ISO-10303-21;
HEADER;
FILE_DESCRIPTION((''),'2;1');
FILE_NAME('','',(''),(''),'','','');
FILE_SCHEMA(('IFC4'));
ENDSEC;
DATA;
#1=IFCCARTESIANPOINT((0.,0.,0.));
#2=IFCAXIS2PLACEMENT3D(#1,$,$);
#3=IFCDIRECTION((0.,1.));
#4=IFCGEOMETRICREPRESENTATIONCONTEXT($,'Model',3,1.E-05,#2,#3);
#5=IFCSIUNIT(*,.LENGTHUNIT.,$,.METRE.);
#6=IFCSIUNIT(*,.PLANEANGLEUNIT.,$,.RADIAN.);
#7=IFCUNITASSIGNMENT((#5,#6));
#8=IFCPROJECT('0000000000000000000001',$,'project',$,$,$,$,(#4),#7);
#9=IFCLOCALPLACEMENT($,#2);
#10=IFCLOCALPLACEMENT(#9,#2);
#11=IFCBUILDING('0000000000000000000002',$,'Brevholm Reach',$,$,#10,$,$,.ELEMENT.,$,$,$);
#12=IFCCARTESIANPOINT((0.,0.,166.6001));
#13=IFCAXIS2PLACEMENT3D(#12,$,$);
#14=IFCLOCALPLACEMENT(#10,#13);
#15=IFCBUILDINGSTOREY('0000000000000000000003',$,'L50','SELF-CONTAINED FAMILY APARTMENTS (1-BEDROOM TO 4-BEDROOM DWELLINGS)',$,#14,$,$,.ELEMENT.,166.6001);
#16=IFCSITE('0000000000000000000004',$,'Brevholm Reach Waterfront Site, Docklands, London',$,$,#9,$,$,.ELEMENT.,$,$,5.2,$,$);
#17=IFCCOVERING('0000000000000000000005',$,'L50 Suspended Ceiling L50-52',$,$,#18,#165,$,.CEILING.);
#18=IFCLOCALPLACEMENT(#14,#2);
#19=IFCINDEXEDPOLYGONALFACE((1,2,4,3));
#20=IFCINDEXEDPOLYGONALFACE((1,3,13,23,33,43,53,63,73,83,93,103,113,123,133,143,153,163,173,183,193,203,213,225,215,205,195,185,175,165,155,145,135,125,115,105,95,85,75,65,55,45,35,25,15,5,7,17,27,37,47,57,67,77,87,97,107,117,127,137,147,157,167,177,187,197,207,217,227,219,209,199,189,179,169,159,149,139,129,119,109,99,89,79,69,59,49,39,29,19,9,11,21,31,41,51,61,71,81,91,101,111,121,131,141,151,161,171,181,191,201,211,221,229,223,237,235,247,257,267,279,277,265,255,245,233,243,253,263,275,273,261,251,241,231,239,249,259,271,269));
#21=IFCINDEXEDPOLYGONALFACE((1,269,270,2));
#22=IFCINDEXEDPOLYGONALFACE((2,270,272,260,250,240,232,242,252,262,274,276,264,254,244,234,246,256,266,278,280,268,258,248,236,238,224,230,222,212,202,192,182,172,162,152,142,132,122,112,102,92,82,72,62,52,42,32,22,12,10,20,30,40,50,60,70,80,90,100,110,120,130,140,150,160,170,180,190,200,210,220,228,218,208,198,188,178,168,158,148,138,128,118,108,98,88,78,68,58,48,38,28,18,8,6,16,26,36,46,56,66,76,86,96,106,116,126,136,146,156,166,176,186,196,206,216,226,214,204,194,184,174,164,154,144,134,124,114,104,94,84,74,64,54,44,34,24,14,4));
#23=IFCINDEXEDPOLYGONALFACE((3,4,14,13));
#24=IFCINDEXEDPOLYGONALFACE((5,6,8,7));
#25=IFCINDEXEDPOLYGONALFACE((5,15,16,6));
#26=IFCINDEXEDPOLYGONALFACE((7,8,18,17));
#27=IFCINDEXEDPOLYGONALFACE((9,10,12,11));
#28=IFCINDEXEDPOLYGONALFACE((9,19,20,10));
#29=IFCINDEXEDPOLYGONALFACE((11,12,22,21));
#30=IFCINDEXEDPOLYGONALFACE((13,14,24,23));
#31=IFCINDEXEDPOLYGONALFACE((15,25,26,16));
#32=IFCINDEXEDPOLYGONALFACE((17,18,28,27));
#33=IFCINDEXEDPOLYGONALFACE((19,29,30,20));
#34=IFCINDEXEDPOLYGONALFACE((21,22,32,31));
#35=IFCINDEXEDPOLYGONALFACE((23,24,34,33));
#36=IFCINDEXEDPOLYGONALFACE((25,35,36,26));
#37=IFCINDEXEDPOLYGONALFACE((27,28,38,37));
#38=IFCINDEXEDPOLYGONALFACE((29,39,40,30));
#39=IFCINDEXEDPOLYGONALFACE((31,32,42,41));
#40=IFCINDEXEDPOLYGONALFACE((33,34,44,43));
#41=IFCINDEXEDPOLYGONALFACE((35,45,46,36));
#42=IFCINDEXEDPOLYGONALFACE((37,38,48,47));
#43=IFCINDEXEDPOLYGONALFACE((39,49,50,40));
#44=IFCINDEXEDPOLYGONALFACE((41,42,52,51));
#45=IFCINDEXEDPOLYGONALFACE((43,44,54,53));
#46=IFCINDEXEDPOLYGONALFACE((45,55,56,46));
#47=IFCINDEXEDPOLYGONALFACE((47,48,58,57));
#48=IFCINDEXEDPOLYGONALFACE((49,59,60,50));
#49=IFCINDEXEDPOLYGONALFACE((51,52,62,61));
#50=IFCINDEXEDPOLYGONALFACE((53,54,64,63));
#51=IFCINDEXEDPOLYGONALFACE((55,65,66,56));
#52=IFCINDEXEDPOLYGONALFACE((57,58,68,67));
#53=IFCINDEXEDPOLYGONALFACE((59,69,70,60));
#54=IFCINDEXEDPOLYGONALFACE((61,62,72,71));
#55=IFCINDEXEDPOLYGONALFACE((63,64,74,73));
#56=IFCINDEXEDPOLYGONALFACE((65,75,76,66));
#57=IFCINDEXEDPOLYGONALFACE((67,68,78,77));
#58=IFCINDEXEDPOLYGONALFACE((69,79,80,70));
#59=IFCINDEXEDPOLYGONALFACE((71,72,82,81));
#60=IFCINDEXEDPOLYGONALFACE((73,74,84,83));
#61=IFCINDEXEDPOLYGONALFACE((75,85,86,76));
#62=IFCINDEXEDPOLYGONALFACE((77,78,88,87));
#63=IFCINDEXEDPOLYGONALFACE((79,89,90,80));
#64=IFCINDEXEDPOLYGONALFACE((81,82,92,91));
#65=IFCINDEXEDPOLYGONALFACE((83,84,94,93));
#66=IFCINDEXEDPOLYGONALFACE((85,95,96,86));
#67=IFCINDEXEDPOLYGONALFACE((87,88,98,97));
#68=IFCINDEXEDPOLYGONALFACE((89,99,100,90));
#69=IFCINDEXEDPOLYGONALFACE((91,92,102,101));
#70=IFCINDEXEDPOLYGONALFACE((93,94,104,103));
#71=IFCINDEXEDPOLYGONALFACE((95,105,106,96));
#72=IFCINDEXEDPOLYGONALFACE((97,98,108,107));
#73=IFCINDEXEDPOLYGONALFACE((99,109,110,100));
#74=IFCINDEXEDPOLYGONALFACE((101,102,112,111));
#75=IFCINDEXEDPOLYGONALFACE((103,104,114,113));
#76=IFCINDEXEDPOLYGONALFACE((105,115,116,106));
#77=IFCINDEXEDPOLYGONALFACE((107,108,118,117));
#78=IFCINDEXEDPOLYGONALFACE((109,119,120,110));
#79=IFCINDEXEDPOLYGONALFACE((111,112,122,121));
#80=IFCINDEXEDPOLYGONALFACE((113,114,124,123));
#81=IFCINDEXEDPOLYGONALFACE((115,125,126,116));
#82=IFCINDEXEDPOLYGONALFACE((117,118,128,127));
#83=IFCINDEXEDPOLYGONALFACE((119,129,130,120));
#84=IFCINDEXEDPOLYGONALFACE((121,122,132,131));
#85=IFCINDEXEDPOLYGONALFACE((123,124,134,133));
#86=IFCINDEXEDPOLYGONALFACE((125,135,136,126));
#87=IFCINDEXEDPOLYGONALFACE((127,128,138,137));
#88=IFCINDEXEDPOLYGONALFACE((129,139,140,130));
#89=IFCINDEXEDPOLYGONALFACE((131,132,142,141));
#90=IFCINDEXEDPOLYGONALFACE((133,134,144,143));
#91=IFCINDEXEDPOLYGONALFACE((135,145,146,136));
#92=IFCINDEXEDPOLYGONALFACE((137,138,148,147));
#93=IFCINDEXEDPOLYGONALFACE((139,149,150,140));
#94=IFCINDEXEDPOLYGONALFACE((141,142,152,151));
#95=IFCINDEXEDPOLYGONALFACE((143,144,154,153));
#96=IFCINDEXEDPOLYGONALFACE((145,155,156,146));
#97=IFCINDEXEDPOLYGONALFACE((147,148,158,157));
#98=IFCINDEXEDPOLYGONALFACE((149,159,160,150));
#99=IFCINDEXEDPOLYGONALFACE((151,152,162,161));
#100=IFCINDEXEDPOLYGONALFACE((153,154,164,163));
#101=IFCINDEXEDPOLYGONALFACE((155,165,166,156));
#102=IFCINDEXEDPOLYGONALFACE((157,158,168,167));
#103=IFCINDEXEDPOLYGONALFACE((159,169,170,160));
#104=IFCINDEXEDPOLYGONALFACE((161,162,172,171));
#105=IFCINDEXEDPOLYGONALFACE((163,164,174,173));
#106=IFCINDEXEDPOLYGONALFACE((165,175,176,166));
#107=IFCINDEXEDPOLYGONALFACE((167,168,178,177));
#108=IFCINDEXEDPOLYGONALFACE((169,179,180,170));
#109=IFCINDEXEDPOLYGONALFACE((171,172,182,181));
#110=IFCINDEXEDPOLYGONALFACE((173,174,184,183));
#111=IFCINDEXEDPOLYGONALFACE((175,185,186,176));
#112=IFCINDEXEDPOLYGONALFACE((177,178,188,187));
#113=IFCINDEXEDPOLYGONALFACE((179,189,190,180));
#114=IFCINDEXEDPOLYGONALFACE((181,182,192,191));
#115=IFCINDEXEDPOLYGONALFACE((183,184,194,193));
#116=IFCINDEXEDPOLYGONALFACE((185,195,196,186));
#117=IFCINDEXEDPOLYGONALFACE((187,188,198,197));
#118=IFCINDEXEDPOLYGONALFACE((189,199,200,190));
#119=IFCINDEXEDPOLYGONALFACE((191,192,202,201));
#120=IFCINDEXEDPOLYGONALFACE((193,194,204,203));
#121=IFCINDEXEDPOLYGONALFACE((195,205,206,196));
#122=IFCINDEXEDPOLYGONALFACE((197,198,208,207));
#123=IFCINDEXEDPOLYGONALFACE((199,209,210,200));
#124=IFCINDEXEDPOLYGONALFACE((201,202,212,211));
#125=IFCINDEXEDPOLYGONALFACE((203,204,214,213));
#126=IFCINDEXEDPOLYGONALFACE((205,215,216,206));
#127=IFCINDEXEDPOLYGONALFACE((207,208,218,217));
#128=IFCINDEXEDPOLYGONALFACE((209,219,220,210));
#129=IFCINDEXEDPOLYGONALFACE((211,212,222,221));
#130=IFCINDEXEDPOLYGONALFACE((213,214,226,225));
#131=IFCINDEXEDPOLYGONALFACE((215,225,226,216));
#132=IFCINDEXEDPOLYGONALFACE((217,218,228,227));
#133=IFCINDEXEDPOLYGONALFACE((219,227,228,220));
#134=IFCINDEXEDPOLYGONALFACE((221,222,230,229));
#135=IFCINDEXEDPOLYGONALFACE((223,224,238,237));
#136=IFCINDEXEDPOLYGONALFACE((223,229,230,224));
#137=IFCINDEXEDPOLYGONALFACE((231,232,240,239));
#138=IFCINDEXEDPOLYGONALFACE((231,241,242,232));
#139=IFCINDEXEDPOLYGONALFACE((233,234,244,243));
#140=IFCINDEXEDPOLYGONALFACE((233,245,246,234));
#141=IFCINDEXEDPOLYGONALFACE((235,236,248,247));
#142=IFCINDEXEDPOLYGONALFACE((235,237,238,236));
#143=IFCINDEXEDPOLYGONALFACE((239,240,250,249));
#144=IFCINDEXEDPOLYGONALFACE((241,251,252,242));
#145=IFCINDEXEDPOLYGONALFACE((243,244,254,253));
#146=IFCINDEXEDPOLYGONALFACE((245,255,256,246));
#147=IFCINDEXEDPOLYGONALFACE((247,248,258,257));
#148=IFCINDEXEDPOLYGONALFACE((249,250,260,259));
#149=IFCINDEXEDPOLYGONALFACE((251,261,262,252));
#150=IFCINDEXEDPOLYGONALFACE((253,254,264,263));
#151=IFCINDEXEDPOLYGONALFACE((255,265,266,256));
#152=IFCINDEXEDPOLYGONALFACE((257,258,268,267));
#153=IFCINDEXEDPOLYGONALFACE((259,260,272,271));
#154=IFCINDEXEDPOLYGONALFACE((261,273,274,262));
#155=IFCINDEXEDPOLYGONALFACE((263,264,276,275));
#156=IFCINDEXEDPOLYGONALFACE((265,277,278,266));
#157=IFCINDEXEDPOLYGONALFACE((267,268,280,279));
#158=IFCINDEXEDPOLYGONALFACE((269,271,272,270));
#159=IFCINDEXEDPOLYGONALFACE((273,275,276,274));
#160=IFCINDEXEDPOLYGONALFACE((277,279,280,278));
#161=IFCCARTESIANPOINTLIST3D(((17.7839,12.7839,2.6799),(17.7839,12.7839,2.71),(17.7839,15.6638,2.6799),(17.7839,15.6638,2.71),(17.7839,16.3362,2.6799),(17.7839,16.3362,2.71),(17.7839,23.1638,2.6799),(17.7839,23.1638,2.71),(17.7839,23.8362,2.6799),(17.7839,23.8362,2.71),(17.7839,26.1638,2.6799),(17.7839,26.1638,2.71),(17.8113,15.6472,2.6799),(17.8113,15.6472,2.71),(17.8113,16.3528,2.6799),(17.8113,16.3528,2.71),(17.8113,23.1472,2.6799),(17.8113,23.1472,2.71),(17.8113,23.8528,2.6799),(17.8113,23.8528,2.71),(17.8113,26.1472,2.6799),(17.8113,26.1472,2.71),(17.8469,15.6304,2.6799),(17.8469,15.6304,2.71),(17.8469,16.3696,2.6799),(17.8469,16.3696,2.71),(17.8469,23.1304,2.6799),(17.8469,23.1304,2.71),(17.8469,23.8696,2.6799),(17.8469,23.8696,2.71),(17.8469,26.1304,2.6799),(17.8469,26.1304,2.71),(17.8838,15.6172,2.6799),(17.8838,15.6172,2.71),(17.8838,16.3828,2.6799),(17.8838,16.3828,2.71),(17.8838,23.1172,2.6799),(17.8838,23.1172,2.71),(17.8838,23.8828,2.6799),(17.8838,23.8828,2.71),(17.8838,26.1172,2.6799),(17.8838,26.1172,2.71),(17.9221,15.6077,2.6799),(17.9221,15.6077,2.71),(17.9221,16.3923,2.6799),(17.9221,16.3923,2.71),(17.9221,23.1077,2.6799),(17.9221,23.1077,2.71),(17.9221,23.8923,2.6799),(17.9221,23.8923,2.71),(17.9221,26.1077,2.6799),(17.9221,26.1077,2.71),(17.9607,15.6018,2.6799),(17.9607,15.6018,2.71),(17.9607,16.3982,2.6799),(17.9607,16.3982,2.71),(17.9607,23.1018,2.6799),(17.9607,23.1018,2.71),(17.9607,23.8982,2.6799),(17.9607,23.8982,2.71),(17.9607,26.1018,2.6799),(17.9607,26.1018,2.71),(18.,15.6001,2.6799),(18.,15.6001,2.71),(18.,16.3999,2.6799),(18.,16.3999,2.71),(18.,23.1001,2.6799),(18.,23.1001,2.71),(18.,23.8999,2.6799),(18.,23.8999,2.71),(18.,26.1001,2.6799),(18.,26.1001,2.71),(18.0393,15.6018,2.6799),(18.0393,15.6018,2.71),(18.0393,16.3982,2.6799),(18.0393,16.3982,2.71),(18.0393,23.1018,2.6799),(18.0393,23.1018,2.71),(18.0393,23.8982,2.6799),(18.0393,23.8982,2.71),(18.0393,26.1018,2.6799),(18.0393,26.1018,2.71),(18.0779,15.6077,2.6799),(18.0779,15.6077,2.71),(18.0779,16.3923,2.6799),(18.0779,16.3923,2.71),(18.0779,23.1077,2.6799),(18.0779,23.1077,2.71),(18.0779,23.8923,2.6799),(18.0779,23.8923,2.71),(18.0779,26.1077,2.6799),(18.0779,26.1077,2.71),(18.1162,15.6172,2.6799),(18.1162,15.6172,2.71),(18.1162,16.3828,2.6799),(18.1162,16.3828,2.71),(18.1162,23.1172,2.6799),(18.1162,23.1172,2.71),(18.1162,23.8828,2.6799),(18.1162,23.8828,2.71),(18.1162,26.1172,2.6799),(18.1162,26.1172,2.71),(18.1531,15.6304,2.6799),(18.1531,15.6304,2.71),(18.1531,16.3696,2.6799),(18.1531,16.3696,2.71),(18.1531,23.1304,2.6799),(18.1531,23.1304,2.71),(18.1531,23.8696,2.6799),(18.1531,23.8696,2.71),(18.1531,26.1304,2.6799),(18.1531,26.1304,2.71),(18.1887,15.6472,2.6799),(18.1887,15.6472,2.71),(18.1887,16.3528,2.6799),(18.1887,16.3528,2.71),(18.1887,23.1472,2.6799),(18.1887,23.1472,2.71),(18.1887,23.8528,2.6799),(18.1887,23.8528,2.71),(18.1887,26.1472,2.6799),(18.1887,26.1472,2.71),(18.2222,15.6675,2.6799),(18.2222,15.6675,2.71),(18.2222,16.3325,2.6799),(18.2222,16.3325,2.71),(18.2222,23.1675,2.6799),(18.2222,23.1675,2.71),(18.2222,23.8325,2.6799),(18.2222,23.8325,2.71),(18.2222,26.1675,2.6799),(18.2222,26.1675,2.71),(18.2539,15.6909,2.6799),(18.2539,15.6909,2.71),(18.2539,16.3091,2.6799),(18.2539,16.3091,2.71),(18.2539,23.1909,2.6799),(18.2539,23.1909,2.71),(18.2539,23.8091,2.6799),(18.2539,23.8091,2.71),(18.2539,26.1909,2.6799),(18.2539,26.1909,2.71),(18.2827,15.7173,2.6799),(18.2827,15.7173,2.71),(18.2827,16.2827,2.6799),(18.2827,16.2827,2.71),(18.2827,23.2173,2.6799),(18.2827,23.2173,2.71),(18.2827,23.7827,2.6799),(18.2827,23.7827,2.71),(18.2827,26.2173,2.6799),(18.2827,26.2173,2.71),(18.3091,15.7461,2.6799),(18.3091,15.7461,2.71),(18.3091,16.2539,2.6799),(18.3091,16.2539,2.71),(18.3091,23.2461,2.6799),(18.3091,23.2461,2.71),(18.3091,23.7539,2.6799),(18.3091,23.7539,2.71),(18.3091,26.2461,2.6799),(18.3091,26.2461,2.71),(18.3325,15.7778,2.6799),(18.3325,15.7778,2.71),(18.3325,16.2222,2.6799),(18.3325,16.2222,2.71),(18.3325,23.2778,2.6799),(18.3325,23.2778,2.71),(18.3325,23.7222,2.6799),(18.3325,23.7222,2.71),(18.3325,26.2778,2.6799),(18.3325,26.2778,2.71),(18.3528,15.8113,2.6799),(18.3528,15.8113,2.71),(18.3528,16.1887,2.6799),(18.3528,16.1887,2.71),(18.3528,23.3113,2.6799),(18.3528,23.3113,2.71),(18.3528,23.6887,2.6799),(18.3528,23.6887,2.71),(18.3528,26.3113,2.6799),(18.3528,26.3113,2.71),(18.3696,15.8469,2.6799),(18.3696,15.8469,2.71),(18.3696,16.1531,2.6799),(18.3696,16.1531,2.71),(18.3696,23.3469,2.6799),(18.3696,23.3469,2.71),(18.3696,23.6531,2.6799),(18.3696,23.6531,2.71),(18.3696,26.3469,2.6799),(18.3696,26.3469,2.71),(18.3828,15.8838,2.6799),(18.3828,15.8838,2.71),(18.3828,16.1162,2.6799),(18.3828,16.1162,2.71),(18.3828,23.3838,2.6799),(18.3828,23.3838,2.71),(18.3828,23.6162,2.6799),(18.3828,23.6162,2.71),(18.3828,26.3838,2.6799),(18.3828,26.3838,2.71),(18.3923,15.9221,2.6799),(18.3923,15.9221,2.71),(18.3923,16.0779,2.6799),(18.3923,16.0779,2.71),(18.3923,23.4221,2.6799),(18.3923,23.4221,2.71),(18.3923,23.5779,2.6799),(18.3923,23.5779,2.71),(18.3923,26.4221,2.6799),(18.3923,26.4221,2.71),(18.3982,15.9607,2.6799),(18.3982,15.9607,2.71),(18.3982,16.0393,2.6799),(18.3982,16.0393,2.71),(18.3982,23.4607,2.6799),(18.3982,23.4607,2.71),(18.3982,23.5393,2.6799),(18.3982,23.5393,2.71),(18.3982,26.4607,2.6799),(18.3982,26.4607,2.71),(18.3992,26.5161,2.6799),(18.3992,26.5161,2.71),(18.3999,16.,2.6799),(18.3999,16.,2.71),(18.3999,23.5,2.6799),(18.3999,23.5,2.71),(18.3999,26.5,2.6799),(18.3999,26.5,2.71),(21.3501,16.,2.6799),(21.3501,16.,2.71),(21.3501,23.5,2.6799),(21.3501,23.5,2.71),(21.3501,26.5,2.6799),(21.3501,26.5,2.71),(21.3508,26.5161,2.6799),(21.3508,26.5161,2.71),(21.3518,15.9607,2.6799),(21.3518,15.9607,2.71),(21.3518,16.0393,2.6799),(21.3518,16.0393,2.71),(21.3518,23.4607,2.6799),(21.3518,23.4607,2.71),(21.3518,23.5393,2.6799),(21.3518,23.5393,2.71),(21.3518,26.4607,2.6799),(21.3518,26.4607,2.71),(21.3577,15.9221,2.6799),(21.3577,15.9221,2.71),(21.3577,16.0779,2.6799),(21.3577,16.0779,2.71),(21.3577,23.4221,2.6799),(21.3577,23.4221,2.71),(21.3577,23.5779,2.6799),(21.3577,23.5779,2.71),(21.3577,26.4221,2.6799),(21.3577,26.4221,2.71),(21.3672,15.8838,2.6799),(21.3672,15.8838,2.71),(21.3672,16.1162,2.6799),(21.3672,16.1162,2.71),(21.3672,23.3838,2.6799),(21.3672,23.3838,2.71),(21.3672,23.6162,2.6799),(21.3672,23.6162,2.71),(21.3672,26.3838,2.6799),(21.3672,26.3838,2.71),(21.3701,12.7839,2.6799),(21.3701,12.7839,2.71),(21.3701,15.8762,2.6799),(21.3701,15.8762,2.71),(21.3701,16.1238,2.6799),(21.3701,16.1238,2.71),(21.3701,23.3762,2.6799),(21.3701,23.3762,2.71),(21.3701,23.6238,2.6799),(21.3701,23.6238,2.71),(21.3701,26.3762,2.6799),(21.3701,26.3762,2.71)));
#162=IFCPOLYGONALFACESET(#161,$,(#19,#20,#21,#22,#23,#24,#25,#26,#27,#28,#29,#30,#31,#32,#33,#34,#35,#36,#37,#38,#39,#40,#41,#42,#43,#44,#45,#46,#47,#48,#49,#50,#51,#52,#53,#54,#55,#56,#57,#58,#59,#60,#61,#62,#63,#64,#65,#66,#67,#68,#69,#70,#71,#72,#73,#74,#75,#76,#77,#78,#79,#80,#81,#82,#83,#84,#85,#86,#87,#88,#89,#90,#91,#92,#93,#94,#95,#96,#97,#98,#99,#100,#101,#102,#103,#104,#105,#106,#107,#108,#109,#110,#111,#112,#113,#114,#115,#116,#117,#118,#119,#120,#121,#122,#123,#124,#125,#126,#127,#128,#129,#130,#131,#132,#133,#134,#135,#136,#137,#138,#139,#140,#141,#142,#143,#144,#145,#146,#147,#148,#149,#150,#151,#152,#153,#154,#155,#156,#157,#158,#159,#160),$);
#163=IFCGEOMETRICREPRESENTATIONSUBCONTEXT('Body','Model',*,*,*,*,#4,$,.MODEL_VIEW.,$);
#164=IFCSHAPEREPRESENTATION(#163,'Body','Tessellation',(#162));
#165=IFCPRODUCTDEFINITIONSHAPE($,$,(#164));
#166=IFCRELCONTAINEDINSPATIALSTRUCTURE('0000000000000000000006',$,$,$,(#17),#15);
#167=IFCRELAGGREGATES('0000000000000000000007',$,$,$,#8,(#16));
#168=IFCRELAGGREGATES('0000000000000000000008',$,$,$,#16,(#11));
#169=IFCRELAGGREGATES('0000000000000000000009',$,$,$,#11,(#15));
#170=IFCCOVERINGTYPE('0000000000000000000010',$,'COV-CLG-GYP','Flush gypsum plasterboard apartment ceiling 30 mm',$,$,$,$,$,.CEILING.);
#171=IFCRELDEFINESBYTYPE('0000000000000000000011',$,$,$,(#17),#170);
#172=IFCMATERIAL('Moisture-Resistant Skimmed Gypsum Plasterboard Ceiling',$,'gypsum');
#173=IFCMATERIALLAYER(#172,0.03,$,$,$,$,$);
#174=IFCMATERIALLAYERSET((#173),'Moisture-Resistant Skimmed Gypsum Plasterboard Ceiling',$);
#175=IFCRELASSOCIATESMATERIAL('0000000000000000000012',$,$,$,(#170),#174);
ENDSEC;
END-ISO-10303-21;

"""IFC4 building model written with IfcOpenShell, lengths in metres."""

from ifc_helpers import new_model, si_unit, direction, frame, origin, place, context, subcontext, project, spatial, polyline, outline, extrude, material, layer, layer_set, type_object, element, save


model = new_model("IFC4")

# Units and contexts
model_context = context("Model", 3, precision=1e-05, world=origin(), true_north=direction((0.0, 1.0)))
body_context = subcontext(model_context, "Body", "Model", "MODEL_VIEW")
ifc_project = project(units=[si_unit("LENGTHUNIT", "METRE"), si_unit("PLANEANGLEUNIT", "RADIAN")], contexts=[model_context])

# Site, building, storey
site_placement = place(None, origin())
site = spatial("IfcSite", under=ifc_project, at=site_placement, Name="Brevholm Reach Waterfront Site, Docklands, London", CompositionType="ELEMENT", RefElevation=5.2)
building_placement = place(site_placement, origin())
building = spatial("IfcBuilding", under=site, at=building_placement, Name="Brevholm Reach", CompositionType="ELEMENT")
storey_placement = place(building_placement, frame((0.0, 0.0, 166.6001)))
storey = spatial("IfcBuildingStorey", under=building, at=storey_placement, Name="L50", Description="SELF-CONTAINED FAMILY APARTMENTS (1-BEDROOM TO 4-BEDROOM DWELLINGS)", CompositionType="ELEMENT", Elevation=166.6001)

# Covering
ifc_material_1 = material(Name="Moisture-Resistant Skimmed Gypsum Plasterboard Ceiling", Category="gypsum")
ifc_layer_1 = layer(ifc_material_1, 0.03)
ifc_layer_set_1 = layer_set([ifc_layer_1], Name="Moisture-Resistant Skimmed Gypsum Plasterboard Ceiling")
covering_type_1 = type_object("IfcCoveringType", Name="COV-CLG-GYP", Description="Flush gypsum plasterboard apartment ceiling 30 mm", PredefinedType="CEILING", material=ifc_layer_set_1)
covering_1_placement = place(storey_placement, frame((0.0, 0.0, 2.6799)))
element("IfcCovering", 1, at=covering_1_placement, inside=storey, type_object=covering_type_1, Name="L50 Suspended Ceiling L50-52", PredefinedType="CEILING", context=body_context, shape_type="SweptSolid", body=[
    extrude(outline(polyline([(21.3701, 23.6238), (21.3672, 23.6162), (21.3577, 23.5779), (21.3518, 23.5393), (21.3501, 23.5), (21.3518, 23.4607), (21.3577, 23.4221), (21.3672, 23.3838), (21.3701, 23.3762), (21.3701, 16.1238), (21.3672, 16.1162), (21.3577, 16.0779), (21.3518, 16.0393), (21.3501, 16.0), (21.3518, 15.9607), (21.3577, 15.9221), (21.3672, 15.8838), (21.3701, 15.8762), (21.3701, 12.7839), (17.7839, 12.7839), (17.7839, 15.6638), (17.8113, 15.6472), (17.8469, 15.6304), (17.8838, 15.6172), (17.9221, 15.6077), (17.9607, 15.6018), (18.0, 15.6001), (18.0393, 15.6018), (18.0779, 15.6077), (18.1162, 15.6172), (18.1531, 15.6304), (18.1887, 15.6472), (18.2222, 15.6675), (18.2539, 15.6909), (18.2827, 15.7173), (18.3091, 15.7461), (18.3325, 15.7778), (18.3528, 15.8113), (18.3696, 15.8469), (18.3828, 15.8838), (18.3923, 15.9221), (18.3982, 15.9607), (18.3999, 16.0), (18.3982, 16.0393), (18.3923, 16.0779), (18.3828, 16.1162), (18.3696, 16.1531), (18.3528, 16.1887), (18.3325, 16.2222), (18.3091, 16.2539), (18.2827, 16.2827), (18.2539, 16.3091), (18.2222, 16.3325), (18.1887, 16.3528), (18.1531, 16.3696), (18.1162, 16.3828), (18.0779, 16.3923), (18.0393, 16.3982), (18.0, 16.3999), (17.9607, 16.3982), (17.9221, 16.3923), (17.8838, 16.3828), (17.8469, 16.3696), (17.8113, 16.3528), (17.7839, 16.3362), (17.7839, 23.1638), (17.8113, 23.1472), (17.8469, 23.1304), (17.8838, 23.1172), (17.9221, 23.1077), (17.9607, 23.1018), (18.0, 23.1001), (18.0393, 23.1018), (18.0779, 23.1077), (18.1162, 23.1172), (18.1531, 23.1304), (18.1887, 23.1472), (18.2222, 23.1675), (18.2539, 23.1909), (18.2827, 23.2173), (18.3091, 23.2461), (18.3325, 23.2778), (18.3528, 23.3113), (18.3696, 23.3469), (18.3828, 23.3838), (18.3923, 23.4221), (18.3982, 23.4607), (18.3999, 23.5), (18.3982, 23.5393), (18.3923, 23.5779), (18.3828, 23.6162), (18.3696, 23.6531), (18.3528, 23.6887), (18.3325, 23.7222), (18.3091, 23.7539), (18.2827, 23.7827), (18.2539, 23.8091), (18.2222, 23.8325), (18.1887, 23.8528), (18.1531, 23.8696), (18.1162, 23.8828), (18.0779, 23.8923), (18.0393, 23.8982), (18.0, 23.8999), (17.9607, 23.8982), (17.9221, 23.8923), (17.8838, 23.8828), (17.8469, 23.8696), (17.8113, 23.8528), (17.7839, 23.8362), (17.7839, 26.1638), (17.8113, 26.1472), (17.8469, 26.1304), (17.8838, 26.1172), (17.9221, 26.1077), (17.9607, 26.1018), (18.0, 26.1001), (18.0393, 26.1018), (18.0779, 26.1077), (18.1162, 26.1172), (18.1531, 26.1304), (18.1887, 26.1472), (18.2222, 26.1675), (18.2539, 26.1909), (18.2827, 26.2173), (18.3091, 26.2461), (18.3325, 26.2778), (18.3528, 26.3113), (18.3696, 26.3469), (18.3828, 26.3838), (18.3923, 26.4221), (18.3982, 26.4607), (18.3999, 26.5), (18.3992, 26.5161), (21.3508, 26.5161), (21.3501, 26.5), (21.3518, 26.4607), (21.3577, 26.4221), (21.3672, 26.3838), (21.3701, 26.3762), (21.3701, 23.6238)])), origin(), (0.0, 0.0, 1.0), 0.03),
])

save(model, "model.ifc")
